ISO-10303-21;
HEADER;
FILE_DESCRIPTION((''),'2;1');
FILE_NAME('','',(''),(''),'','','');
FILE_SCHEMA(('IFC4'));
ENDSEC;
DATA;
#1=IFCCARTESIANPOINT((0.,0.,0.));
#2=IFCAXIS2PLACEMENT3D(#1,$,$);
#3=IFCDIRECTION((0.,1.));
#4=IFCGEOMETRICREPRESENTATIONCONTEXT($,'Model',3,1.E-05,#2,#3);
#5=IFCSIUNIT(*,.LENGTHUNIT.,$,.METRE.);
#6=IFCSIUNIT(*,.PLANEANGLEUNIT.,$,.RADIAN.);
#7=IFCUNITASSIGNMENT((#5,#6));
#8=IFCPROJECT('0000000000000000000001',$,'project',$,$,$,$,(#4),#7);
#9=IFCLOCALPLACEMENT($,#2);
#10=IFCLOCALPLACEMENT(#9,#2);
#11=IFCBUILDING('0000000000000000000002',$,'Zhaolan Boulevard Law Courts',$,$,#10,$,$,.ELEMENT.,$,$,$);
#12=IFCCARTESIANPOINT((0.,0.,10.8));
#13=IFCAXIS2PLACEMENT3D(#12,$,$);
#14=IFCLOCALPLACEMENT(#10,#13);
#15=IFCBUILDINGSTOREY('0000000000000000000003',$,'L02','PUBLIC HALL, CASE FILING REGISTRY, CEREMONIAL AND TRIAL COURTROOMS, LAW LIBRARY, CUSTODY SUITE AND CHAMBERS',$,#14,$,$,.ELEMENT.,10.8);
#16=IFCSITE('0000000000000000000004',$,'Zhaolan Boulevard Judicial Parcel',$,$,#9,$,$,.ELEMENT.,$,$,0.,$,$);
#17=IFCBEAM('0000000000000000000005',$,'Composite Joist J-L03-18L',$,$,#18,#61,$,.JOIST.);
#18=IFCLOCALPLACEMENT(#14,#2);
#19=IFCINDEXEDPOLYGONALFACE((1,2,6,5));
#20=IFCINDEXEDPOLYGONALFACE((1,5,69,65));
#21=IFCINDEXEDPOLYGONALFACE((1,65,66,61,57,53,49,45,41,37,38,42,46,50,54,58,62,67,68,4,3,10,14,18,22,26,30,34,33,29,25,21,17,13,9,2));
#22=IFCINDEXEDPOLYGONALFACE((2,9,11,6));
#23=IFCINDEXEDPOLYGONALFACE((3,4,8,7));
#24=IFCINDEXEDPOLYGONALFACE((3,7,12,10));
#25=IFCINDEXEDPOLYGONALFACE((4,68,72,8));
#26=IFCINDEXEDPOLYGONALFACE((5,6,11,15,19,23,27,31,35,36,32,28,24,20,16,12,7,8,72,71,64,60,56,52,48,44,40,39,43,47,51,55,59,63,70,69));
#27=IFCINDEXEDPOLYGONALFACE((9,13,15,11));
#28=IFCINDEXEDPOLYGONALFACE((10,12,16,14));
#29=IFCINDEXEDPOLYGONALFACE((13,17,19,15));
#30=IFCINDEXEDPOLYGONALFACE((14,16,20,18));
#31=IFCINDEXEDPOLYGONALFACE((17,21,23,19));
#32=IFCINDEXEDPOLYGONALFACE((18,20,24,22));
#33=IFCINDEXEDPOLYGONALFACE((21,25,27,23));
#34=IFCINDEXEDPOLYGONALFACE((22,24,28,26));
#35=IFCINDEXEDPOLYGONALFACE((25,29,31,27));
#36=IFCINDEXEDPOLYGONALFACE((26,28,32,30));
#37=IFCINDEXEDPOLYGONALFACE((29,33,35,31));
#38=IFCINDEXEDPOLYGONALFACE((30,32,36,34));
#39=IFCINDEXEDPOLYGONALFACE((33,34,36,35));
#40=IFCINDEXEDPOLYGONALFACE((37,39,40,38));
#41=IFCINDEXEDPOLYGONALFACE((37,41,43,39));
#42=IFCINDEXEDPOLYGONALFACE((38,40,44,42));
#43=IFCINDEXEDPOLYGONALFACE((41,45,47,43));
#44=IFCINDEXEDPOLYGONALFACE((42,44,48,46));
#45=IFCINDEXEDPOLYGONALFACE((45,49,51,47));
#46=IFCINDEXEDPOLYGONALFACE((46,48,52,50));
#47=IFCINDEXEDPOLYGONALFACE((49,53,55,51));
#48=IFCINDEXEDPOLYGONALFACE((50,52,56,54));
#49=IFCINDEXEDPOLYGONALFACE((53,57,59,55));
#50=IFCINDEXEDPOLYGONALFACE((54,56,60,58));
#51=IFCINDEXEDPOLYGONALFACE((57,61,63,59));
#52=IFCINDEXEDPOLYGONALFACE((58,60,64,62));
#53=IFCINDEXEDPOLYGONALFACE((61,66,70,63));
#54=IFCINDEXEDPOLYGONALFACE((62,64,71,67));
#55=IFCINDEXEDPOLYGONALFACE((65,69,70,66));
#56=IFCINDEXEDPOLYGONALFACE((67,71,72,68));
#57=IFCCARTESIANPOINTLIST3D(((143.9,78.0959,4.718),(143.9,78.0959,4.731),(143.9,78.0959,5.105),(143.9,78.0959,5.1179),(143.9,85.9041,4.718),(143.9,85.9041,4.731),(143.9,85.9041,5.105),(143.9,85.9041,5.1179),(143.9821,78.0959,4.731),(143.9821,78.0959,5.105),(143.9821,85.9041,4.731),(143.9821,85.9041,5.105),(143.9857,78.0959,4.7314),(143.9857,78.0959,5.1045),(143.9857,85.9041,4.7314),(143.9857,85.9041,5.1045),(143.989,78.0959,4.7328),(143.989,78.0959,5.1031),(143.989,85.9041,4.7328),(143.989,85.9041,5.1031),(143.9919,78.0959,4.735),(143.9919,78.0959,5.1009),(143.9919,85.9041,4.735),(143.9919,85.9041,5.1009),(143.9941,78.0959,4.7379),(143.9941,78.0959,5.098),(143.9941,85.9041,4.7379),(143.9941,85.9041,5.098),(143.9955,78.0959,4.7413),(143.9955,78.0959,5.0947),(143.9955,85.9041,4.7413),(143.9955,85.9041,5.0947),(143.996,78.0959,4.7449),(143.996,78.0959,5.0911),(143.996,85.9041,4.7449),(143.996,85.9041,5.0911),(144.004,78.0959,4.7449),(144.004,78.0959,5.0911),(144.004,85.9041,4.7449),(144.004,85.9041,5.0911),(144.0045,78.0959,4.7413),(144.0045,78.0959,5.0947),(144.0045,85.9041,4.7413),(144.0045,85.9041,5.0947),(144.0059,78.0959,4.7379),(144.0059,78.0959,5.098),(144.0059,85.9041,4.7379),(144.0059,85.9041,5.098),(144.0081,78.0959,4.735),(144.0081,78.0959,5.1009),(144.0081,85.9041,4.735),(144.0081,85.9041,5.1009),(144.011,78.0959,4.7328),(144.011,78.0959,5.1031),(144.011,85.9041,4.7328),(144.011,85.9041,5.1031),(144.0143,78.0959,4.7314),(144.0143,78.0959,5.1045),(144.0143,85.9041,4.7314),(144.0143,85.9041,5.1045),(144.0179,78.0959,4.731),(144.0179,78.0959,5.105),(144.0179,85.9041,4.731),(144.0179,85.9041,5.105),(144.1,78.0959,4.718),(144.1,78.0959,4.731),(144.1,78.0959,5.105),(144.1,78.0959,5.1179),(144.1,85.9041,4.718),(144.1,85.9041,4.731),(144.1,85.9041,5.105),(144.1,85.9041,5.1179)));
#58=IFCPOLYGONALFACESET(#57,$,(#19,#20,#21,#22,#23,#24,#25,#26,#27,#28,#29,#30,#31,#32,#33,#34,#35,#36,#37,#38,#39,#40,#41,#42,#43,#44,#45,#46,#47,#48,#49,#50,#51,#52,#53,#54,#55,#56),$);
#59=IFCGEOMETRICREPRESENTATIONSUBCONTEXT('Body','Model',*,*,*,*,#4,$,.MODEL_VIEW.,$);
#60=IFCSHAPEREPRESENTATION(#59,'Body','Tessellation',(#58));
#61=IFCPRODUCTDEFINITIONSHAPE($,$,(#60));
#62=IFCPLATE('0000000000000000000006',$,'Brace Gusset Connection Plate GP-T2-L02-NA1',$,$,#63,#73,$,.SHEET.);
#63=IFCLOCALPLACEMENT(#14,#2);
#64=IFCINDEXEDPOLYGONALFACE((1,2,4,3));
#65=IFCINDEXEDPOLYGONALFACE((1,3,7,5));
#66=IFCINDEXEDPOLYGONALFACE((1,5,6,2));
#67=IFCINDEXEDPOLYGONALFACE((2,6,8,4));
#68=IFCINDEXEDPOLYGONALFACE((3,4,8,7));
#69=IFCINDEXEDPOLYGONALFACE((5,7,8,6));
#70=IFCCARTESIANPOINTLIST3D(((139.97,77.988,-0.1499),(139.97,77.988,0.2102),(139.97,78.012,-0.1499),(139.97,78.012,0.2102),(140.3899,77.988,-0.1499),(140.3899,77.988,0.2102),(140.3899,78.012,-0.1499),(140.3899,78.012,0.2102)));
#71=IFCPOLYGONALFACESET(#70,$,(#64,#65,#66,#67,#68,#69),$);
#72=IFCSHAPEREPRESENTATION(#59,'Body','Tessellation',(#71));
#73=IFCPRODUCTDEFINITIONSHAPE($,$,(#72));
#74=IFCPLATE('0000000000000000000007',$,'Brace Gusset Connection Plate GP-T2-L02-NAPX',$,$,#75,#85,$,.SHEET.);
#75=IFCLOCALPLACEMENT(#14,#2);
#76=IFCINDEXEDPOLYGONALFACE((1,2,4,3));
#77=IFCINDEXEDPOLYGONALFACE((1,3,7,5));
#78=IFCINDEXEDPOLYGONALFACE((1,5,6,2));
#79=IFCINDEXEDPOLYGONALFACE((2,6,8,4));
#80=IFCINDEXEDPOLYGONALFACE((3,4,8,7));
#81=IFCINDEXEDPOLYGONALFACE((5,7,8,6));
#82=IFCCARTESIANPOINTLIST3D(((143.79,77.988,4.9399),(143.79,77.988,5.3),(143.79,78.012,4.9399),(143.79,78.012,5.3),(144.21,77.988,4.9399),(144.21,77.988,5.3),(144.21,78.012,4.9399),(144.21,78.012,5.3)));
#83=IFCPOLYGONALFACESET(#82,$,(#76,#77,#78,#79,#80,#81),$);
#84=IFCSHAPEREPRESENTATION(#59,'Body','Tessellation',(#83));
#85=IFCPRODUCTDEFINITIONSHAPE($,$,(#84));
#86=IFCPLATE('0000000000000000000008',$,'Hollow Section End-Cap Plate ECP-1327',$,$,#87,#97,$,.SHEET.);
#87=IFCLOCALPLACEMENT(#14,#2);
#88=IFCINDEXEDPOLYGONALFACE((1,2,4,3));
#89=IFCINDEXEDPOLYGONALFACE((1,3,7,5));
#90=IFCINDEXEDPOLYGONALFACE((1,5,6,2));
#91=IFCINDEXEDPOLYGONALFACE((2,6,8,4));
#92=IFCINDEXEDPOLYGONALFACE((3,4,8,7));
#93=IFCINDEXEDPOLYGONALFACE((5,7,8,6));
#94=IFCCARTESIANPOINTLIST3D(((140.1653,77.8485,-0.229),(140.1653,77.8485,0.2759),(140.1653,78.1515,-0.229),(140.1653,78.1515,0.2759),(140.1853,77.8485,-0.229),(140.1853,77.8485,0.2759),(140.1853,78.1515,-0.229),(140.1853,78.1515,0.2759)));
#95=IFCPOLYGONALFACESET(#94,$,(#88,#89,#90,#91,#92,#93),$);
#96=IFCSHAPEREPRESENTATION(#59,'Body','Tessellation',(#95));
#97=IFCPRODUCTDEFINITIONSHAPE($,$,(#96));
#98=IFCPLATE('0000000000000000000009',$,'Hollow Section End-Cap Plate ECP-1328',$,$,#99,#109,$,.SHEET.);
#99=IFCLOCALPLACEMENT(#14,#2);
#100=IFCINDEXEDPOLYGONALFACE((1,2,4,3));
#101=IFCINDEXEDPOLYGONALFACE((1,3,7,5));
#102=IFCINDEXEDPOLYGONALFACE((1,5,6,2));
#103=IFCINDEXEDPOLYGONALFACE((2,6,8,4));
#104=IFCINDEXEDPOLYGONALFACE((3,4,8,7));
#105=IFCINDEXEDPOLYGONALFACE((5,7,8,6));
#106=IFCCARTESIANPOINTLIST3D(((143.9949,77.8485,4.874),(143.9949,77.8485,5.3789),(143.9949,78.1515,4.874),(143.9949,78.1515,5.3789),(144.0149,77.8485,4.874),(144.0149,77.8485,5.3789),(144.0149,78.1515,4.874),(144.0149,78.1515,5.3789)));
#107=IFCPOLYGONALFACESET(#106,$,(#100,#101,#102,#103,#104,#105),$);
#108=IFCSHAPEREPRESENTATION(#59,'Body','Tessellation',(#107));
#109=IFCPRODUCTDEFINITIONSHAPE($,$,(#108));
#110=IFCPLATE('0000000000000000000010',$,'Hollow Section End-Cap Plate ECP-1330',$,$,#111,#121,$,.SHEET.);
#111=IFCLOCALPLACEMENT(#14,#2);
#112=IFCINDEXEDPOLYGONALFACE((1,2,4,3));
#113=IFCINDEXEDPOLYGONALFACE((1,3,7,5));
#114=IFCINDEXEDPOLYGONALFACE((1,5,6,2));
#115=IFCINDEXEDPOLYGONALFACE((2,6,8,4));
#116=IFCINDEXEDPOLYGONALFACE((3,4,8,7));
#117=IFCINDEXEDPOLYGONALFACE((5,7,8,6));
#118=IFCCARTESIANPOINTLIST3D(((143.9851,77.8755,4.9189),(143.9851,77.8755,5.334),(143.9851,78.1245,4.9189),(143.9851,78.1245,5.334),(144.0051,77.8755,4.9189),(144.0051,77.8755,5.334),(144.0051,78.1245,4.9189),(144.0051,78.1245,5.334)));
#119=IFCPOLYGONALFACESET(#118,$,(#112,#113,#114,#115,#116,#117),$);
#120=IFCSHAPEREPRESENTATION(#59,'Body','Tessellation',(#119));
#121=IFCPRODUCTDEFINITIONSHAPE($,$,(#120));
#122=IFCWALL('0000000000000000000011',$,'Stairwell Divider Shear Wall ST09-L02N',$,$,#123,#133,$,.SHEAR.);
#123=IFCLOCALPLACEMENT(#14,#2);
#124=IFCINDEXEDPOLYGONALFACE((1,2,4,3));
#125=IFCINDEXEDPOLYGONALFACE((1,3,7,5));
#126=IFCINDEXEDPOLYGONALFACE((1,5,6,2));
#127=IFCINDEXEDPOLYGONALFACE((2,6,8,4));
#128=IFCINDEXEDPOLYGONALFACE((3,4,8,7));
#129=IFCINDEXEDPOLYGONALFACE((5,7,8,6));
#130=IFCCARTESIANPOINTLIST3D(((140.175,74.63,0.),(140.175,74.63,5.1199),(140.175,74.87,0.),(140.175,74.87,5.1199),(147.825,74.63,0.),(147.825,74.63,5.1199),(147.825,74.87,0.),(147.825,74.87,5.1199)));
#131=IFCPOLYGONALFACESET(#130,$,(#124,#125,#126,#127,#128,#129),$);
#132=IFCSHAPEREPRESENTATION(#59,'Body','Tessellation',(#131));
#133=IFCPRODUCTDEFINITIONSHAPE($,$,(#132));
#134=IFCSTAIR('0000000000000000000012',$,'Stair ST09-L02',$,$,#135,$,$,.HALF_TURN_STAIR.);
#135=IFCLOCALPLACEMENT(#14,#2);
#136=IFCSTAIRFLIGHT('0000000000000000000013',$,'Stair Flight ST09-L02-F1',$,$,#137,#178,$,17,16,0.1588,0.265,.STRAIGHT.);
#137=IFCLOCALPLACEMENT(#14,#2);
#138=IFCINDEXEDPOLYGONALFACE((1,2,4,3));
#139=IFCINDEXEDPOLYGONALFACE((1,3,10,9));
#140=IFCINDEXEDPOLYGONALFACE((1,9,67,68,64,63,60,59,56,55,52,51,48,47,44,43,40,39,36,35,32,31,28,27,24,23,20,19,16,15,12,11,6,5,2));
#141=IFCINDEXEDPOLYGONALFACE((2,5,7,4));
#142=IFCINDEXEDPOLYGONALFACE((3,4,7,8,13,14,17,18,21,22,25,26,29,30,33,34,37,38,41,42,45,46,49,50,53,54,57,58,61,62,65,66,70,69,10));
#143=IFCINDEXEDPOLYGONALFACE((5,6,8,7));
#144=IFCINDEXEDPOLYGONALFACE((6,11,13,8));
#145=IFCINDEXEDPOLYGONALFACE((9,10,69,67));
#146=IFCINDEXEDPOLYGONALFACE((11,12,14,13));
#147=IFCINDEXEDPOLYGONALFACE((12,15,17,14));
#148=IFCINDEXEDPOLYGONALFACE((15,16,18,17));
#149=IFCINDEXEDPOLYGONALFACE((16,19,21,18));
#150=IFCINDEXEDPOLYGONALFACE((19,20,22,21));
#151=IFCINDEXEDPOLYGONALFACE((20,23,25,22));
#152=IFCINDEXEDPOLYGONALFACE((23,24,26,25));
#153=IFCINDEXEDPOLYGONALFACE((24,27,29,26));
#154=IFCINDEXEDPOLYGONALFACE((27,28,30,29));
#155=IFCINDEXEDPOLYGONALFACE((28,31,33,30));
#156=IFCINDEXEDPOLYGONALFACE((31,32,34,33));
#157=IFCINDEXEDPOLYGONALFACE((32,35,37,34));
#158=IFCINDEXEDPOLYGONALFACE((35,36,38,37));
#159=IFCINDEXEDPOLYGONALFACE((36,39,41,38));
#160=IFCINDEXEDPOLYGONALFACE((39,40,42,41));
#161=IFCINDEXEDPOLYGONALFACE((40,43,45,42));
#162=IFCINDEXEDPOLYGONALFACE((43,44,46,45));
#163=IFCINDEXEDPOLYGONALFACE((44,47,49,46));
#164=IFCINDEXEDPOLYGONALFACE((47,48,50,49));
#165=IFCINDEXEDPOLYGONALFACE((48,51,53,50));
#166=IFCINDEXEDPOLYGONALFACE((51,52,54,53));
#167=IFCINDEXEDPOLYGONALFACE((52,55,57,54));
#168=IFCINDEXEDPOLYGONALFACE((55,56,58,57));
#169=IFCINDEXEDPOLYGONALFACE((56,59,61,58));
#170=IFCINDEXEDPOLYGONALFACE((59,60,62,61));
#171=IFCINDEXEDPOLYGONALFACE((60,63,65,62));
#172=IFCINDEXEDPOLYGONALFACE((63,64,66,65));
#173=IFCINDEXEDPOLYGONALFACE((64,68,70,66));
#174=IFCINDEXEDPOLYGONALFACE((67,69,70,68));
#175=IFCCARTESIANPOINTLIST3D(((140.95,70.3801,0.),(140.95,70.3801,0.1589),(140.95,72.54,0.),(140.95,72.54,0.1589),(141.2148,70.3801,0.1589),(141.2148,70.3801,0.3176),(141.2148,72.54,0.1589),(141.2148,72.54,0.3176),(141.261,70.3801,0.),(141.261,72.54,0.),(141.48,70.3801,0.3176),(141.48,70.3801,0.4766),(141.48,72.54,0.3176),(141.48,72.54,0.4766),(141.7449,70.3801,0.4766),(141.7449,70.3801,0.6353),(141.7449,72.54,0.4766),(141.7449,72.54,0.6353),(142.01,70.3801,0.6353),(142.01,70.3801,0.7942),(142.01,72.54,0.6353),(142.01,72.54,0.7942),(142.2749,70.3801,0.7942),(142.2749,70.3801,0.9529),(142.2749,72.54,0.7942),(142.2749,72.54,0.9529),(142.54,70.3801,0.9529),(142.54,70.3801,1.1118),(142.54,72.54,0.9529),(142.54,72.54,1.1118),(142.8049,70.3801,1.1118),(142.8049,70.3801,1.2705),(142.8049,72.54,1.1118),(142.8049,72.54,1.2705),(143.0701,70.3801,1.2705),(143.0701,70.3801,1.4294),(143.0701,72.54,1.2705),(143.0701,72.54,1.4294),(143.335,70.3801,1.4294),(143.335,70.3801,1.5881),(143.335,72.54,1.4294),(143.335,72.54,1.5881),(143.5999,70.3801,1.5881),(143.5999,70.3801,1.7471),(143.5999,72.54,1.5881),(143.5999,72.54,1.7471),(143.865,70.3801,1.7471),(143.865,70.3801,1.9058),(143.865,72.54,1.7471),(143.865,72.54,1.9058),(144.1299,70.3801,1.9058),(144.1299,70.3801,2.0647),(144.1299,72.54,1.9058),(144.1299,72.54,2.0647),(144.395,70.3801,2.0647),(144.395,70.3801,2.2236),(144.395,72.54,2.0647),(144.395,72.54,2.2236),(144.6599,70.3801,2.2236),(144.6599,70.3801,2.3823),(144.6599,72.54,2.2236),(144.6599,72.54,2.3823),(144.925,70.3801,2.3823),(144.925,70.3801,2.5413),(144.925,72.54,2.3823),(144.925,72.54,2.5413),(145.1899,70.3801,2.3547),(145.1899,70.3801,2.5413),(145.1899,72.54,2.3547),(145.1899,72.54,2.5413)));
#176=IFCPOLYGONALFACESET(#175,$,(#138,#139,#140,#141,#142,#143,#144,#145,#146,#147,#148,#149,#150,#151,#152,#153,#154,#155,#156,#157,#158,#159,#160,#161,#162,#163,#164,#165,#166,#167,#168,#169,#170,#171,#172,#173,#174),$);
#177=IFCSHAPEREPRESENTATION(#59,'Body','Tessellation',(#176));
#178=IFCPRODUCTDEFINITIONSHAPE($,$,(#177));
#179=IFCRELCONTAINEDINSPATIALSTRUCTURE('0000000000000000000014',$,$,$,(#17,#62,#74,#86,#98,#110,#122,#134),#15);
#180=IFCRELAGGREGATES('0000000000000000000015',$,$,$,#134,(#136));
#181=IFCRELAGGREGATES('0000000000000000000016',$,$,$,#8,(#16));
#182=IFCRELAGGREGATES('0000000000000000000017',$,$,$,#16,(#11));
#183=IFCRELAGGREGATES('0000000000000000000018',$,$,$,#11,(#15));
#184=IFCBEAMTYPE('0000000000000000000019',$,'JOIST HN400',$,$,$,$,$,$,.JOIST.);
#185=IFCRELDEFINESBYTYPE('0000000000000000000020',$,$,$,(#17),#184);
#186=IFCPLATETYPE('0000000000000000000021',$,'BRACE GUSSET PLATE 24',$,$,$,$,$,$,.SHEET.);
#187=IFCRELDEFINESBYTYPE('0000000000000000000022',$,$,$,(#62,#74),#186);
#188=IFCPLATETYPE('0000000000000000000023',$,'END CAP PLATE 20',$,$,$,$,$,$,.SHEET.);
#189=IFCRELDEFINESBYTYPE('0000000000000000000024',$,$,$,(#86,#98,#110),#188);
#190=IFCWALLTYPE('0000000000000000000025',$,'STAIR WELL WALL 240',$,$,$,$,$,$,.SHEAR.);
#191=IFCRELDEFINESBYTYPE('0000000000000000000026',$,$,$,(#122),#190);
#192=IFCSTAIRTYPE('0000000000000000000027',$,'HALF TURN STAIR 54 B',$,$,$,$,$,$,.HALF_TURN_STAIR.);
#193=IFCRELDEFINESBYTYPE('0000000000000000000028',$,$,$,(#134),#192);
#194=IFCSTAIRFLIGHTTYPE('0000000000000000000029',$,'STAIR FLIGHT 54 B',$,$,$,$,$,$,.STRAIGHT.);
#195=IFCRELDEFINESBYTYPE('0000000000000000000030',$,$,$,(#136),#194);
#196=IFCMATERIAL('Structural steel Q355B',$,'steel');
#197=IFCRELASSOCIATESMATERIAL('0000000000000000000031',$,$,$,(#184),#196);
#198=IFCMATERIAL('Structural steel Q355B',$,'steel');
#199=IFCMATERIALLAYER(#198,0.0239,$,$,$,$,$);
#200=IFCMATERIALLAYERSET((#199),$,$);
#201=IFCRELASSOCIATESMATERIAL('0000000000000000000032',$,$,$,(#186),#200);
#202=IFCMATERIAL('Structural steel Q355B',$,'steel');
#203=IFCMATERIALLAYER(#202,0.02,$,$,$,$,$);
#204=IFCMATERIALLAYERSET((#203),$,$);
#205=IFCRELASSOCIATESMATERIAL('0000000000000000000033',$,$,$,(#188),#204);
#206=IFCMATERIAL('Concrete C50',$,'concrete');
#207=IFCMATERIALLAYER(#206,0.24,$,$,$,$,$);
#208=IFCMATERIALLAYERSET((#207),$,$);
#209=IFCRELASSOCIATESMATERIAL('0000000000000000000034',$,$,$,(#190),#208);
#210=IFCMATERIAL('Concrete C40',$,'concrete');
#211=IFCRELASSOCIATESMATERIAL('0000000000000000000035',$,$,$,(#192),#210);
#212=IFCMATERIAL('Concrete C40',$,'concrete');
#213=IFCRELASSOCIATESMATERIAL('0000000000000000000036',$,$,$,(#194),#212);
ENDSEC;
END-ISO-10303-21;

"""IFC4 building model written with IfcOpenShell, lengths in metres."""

from ifc_helpers import new_model, si_unit, direction, frame, frame_2d, origin, origin_2d, place, context, subcontext, project, spatial, polyline, rectangle, i_section, outline, extrude, material, layer, layer_set, material_profile, profile_set, type_object, element, aggregate, save


model = new_model("IFC4")

# Units and contexts
model_context = context("Model", 3, precision=1e-05, world=origin(), true_north=direction((0.0, 1.0)))
body_context = subcontext(model_context, "Body", "Model", "MODEL_VIEW")
ifc_project = project(units=[si_unit("LENGTHUNIT", "METRE"), si_unit("PLANEANGLEUNIT", "RADIAN")], contexts=[model_context])

# Site, building, storey
site_placement = place(None, origin())
site = spatial("IfcSite", under=ifc_project, at=site_placement, Name="Zhaolan Boulevard Judicial Parcel", CompositionType="ELEMENT", RefElevation=0.0)
building_placement = place(site_placement, origin())
building = spatial("IfcBuilding", under=site, at=building_placement, Name="Zhaolan Boulevard Law Courts", CompositionType="ELEMENT")
storey_placement = place(building_placement, frame((0.0, 0.0, 10.8)))
storey = spatial("IfcBuildingStorey", under=building, at=storey_placement, Name="L02", Description="PUBLIC HALL, CASE FILING REGISTRY, CEREMONIAL AND TRIAL COURTROOMS, LAW LIBRARY, CUSTODY SUITE AND CHAMBERS", CompositionType="ELEMENT", Elevation=10.8)

# Beam
ifc_material_1 = material(Name="Structural steel Q355B", Category="steel")
ifc_material_profile_1 = material_profile(ifc_material_1, i_section(OverallWidth=0.2, OverallDepth=0.3999, WebThickness=0.0081, FlangeThickness=0.0129, FilletRadius=0.0139, at=origin_2d()), Name="HN400x200")
ifc_profile_set_1 = profile_set([ifc_material_profile_1], Name="Structural steel Q355B")
beam_type_1 = type_object("IfcBeamType", Name="JOIST HN400", PredefinedType="JOIST", material=ifc_profile_set_1)
beam_1_placement = place(storey_placement, frame((144.0, 78.0959, 4.918), z_axis=(0.0, 1.0, 0.0), x_axis=(-1.0, 0.0, 0.0)))
element("IfcBeam", 1, at=beam_1_placement, inside=storey, type_object=beam_type_1, Name="Composite Joist J-L03-18L", PredefinedType="JOIST", context=body_context, shape_type="SweptSolid", body=[
    extrude(i_section(OverallWidth=0.2, OverallDepth=0.3999, WebThickness=0.0081, FlangeThickness=0.0129, FilletRadius=0.0139, at=origin_2d()), origin(), (0.0, 0.0, 1.0), 7.8081),
])

# Plates
ifc_material_2 = material(Name="Structural steel Q355B", Category="steel")
ifc_layer_1 = layer(ifc_material_2, 0.0239)
ifc_layer_set_1 = layer_set([ifc_layer_1])
plate_type_1 = type_object("IfcPlateType", Name="BRACE GUSSET PLATE 24", PredefinedType="SHEET", material=ifc_layer_set_1)
for number, where, z_axis, x_axis, name in (
    (2, (140.1799, 78.0, -0.1499), (0.0, 0.0, 1.0), (1.0, 0.0, 0.0), "Brace Gusset Connection Plate GP-T2-L02-NA1"),
    (3, (144.0, 78.0, 4.9399), (0.0, 0.0, 1.0), (1.0, 0.0, 0.0), "Brace Gusset Connection Plate GP-T2-L02-NAPX"),
):
    element("IfcPlate", number, at=place(storey_placement, frame(where, z_axis=z_axis, x_axis=x_axis)), inside=storey, type_object=plate_type_1, Name=name, PredefinedType="SHEET", context=body_context, shape_type="SweptSolid", body=[
        extrude(rectangle(XDim=0.4199, YDim=0.0239, at=origin_2d()), origin(), (0.0, 0.0, 1.0), 0.3601),
    ])
ifc_material_3 = material(Name="Structural steel Q355B", Category="steel")
ifc_layer_2 = layer(ifc_material_3, 0.02)
ifc_layer_set_2 = layer_set([ifc_layer_2])
plate_type_2 = type_object("IfcPlateType", Name="END CAP PLATE 20", PredefinedType="SHEET", material=ifc_layer_set_2)
for number, where, z_axis, x_axis, name in (
    (4, (140.1753, 78.0, -0.229), (0.0, 0.0, 1.0), (1.0, 0.0, 0.0), "Hollow Section End-Cap Plate ECP-1327"),
    (5, (144.0049, 78.0, 4.874), (0.0, 0.0, 1.0), (1.0, 0.0, 0.0), "Hollow Section End-Cap Plate ECP-1328"),
):
    element("IfcPlate", number, at=place(storey_placement, frame(where, z_axis=z_axis, x_axis=x_axis)), inside=storey, type_object=plate_type_2, Name=name, PredefinedType="SHEET", context=body_context, shape_type="SweptSolid", body=[
        extrude(rectangle(XDim=0.02, YDim=0.303, at=origin_2d()), origin(), (0.0, 0.0, 1.0), 0.5049),
    ])
plate_placement = place(storey_placement, frame((143.9951, 78.0, 4.9189), z_axis=(0.0, 0.0, 1.0), x_axis=(-1.0, 0.0, 0.0)))
element("IfcPlate", 6, at=plate_placement, inside=storey, type_object=plate_type_2, Name="Hollow Section End-Cap Plate ECP-1330", PredefinedType="SHEET", context=body_context, shape_type="SweptSolid", body=[
    extrude(rectangle(XDim=0.02, YDim=0.249, at=origin_2d()), origin(), (0.0, 0.0, 1.0), 0.415),
])

# Wall
ifc_material_4 = material(Name="Concrete C50", Category="concrete")
ifc_layer_3 = layer(ifc_material_4, 0.24)
ifc_layer_set_3 = layer_set([ifc_layer_3])
wall_type = type_object("IfcWallType", Name="STAIR WELL WALL 240", PredefinedType="SHEAR", material=ifc_layer_set_3)
wall_placement = place(storey_placement, frame((140.175, 74.75, 0.0), z_axis=(0.0, 0.0, 1.0), x_axis=(1.0, 0.0, 0.0)))
element("IfcWall", 7, at=wall_placement, inside=storey, type_object=wall_type, Name="Stairwell Divider Shear Wall ST09-L02N", PredefinedType="SHEAR", context=body_context, shape_type="SweptSolid", body=[
    extrude(rectangle(XDim=7.6499, YDim=0.24, at=frame_2d((3.825, 0.0))), origin(), (0.0, 0.0, 1.0), 5.1199),
])

# Stair, stair flight
ifc_material_5 = material(Name="Concrete C40", Category="concrete")
stair_type = type_object("IfcStairType", Name="HALF TURN STAIR 54 B", PredefinedType="HALF_TURN_STAIR", material=ifc_material_5)
stair_placement = place(storey_placement, origin())
stair = element("IfcStair", 8, at=stair_placement, inside=storey, type_object=stair_type, Name="Stair ST09-L02", PredefinedType="HALF_TURN_STAIR")
ifc_material_6 = material(Name="Concrete C40", Category="concrete")
stair_flight_type = type_object("IfcStairFlightType", Name="STAIR FLIGHT 54 B", PredefinedType="STRAIGHT", material=ifc_material_6)
stair_flight_1_placement = place(storey_placement, frame((140.95, 71.46, 0.0), z_axis=(0.0, 0.0, 1.0), x_axis=(1.0, 0.0, 0.0)))
stair_flight_1 = element("IfcStairFlight", 9, at=stair_flight_1_placement, type_object=stair_flight_type, Name="Stair Flight ST09-L02-F1", NumberOfRisers=17, NumberOfTreads=16, PredefinedType="STRAIGHT", RiserHeight=0.1588, TreadLength=0.265, context=body_context, shape_type="SweptSolid", body=[
    extrude(outline(polyline([(0.0, 0.0), (0.0, 0.1589), (0.2649, 0.1589), (0.2649, 0.3176), (0.53, 0.3176), (0.53, 0.4766), (0.7949, 0.4766), (0.7949, 0.6353), (1.0601, 0.6353), (1.0601, 0.7942), (1.325, 0.7942), (1.325, 0.9529), (1.5901, 0.9529), (1.5901, 1.1118), (1.855, 1.1118), (1.855, 1.2705), (2.1201, 1.2705), (2.1201, 1.4294), (2.385, 1.4294), (2.385, 1.5881), (2.6499, 1.5881), (2.6499, 1.7471), (2.915, 1.7471), (2.915, 1.9058), (3.1799, 1.9058), (3.1799, 2.0647), (3.4451, 2.0647), (3.4451, 2.2236), (3.71, 2.2236), (3.71, 2.3823), (3.9751, 2.3823), (3.9751, 2.5413), (4.24, 2.5413), (4.24, 2.7), (4.24, 2.3547), (0.311, 0.0), (0.0, 0.0)])), frame((0.0, 1.0801, 0.0), z_axis=(0.0, -1.0, 0.0), x_axis=(1.0, 0.0, 0.0)), (0.0, 0.0, 1.0), 2.1599),
])
aggregate(stair, [stair_flight_1])

save(model, "model.ifc")
